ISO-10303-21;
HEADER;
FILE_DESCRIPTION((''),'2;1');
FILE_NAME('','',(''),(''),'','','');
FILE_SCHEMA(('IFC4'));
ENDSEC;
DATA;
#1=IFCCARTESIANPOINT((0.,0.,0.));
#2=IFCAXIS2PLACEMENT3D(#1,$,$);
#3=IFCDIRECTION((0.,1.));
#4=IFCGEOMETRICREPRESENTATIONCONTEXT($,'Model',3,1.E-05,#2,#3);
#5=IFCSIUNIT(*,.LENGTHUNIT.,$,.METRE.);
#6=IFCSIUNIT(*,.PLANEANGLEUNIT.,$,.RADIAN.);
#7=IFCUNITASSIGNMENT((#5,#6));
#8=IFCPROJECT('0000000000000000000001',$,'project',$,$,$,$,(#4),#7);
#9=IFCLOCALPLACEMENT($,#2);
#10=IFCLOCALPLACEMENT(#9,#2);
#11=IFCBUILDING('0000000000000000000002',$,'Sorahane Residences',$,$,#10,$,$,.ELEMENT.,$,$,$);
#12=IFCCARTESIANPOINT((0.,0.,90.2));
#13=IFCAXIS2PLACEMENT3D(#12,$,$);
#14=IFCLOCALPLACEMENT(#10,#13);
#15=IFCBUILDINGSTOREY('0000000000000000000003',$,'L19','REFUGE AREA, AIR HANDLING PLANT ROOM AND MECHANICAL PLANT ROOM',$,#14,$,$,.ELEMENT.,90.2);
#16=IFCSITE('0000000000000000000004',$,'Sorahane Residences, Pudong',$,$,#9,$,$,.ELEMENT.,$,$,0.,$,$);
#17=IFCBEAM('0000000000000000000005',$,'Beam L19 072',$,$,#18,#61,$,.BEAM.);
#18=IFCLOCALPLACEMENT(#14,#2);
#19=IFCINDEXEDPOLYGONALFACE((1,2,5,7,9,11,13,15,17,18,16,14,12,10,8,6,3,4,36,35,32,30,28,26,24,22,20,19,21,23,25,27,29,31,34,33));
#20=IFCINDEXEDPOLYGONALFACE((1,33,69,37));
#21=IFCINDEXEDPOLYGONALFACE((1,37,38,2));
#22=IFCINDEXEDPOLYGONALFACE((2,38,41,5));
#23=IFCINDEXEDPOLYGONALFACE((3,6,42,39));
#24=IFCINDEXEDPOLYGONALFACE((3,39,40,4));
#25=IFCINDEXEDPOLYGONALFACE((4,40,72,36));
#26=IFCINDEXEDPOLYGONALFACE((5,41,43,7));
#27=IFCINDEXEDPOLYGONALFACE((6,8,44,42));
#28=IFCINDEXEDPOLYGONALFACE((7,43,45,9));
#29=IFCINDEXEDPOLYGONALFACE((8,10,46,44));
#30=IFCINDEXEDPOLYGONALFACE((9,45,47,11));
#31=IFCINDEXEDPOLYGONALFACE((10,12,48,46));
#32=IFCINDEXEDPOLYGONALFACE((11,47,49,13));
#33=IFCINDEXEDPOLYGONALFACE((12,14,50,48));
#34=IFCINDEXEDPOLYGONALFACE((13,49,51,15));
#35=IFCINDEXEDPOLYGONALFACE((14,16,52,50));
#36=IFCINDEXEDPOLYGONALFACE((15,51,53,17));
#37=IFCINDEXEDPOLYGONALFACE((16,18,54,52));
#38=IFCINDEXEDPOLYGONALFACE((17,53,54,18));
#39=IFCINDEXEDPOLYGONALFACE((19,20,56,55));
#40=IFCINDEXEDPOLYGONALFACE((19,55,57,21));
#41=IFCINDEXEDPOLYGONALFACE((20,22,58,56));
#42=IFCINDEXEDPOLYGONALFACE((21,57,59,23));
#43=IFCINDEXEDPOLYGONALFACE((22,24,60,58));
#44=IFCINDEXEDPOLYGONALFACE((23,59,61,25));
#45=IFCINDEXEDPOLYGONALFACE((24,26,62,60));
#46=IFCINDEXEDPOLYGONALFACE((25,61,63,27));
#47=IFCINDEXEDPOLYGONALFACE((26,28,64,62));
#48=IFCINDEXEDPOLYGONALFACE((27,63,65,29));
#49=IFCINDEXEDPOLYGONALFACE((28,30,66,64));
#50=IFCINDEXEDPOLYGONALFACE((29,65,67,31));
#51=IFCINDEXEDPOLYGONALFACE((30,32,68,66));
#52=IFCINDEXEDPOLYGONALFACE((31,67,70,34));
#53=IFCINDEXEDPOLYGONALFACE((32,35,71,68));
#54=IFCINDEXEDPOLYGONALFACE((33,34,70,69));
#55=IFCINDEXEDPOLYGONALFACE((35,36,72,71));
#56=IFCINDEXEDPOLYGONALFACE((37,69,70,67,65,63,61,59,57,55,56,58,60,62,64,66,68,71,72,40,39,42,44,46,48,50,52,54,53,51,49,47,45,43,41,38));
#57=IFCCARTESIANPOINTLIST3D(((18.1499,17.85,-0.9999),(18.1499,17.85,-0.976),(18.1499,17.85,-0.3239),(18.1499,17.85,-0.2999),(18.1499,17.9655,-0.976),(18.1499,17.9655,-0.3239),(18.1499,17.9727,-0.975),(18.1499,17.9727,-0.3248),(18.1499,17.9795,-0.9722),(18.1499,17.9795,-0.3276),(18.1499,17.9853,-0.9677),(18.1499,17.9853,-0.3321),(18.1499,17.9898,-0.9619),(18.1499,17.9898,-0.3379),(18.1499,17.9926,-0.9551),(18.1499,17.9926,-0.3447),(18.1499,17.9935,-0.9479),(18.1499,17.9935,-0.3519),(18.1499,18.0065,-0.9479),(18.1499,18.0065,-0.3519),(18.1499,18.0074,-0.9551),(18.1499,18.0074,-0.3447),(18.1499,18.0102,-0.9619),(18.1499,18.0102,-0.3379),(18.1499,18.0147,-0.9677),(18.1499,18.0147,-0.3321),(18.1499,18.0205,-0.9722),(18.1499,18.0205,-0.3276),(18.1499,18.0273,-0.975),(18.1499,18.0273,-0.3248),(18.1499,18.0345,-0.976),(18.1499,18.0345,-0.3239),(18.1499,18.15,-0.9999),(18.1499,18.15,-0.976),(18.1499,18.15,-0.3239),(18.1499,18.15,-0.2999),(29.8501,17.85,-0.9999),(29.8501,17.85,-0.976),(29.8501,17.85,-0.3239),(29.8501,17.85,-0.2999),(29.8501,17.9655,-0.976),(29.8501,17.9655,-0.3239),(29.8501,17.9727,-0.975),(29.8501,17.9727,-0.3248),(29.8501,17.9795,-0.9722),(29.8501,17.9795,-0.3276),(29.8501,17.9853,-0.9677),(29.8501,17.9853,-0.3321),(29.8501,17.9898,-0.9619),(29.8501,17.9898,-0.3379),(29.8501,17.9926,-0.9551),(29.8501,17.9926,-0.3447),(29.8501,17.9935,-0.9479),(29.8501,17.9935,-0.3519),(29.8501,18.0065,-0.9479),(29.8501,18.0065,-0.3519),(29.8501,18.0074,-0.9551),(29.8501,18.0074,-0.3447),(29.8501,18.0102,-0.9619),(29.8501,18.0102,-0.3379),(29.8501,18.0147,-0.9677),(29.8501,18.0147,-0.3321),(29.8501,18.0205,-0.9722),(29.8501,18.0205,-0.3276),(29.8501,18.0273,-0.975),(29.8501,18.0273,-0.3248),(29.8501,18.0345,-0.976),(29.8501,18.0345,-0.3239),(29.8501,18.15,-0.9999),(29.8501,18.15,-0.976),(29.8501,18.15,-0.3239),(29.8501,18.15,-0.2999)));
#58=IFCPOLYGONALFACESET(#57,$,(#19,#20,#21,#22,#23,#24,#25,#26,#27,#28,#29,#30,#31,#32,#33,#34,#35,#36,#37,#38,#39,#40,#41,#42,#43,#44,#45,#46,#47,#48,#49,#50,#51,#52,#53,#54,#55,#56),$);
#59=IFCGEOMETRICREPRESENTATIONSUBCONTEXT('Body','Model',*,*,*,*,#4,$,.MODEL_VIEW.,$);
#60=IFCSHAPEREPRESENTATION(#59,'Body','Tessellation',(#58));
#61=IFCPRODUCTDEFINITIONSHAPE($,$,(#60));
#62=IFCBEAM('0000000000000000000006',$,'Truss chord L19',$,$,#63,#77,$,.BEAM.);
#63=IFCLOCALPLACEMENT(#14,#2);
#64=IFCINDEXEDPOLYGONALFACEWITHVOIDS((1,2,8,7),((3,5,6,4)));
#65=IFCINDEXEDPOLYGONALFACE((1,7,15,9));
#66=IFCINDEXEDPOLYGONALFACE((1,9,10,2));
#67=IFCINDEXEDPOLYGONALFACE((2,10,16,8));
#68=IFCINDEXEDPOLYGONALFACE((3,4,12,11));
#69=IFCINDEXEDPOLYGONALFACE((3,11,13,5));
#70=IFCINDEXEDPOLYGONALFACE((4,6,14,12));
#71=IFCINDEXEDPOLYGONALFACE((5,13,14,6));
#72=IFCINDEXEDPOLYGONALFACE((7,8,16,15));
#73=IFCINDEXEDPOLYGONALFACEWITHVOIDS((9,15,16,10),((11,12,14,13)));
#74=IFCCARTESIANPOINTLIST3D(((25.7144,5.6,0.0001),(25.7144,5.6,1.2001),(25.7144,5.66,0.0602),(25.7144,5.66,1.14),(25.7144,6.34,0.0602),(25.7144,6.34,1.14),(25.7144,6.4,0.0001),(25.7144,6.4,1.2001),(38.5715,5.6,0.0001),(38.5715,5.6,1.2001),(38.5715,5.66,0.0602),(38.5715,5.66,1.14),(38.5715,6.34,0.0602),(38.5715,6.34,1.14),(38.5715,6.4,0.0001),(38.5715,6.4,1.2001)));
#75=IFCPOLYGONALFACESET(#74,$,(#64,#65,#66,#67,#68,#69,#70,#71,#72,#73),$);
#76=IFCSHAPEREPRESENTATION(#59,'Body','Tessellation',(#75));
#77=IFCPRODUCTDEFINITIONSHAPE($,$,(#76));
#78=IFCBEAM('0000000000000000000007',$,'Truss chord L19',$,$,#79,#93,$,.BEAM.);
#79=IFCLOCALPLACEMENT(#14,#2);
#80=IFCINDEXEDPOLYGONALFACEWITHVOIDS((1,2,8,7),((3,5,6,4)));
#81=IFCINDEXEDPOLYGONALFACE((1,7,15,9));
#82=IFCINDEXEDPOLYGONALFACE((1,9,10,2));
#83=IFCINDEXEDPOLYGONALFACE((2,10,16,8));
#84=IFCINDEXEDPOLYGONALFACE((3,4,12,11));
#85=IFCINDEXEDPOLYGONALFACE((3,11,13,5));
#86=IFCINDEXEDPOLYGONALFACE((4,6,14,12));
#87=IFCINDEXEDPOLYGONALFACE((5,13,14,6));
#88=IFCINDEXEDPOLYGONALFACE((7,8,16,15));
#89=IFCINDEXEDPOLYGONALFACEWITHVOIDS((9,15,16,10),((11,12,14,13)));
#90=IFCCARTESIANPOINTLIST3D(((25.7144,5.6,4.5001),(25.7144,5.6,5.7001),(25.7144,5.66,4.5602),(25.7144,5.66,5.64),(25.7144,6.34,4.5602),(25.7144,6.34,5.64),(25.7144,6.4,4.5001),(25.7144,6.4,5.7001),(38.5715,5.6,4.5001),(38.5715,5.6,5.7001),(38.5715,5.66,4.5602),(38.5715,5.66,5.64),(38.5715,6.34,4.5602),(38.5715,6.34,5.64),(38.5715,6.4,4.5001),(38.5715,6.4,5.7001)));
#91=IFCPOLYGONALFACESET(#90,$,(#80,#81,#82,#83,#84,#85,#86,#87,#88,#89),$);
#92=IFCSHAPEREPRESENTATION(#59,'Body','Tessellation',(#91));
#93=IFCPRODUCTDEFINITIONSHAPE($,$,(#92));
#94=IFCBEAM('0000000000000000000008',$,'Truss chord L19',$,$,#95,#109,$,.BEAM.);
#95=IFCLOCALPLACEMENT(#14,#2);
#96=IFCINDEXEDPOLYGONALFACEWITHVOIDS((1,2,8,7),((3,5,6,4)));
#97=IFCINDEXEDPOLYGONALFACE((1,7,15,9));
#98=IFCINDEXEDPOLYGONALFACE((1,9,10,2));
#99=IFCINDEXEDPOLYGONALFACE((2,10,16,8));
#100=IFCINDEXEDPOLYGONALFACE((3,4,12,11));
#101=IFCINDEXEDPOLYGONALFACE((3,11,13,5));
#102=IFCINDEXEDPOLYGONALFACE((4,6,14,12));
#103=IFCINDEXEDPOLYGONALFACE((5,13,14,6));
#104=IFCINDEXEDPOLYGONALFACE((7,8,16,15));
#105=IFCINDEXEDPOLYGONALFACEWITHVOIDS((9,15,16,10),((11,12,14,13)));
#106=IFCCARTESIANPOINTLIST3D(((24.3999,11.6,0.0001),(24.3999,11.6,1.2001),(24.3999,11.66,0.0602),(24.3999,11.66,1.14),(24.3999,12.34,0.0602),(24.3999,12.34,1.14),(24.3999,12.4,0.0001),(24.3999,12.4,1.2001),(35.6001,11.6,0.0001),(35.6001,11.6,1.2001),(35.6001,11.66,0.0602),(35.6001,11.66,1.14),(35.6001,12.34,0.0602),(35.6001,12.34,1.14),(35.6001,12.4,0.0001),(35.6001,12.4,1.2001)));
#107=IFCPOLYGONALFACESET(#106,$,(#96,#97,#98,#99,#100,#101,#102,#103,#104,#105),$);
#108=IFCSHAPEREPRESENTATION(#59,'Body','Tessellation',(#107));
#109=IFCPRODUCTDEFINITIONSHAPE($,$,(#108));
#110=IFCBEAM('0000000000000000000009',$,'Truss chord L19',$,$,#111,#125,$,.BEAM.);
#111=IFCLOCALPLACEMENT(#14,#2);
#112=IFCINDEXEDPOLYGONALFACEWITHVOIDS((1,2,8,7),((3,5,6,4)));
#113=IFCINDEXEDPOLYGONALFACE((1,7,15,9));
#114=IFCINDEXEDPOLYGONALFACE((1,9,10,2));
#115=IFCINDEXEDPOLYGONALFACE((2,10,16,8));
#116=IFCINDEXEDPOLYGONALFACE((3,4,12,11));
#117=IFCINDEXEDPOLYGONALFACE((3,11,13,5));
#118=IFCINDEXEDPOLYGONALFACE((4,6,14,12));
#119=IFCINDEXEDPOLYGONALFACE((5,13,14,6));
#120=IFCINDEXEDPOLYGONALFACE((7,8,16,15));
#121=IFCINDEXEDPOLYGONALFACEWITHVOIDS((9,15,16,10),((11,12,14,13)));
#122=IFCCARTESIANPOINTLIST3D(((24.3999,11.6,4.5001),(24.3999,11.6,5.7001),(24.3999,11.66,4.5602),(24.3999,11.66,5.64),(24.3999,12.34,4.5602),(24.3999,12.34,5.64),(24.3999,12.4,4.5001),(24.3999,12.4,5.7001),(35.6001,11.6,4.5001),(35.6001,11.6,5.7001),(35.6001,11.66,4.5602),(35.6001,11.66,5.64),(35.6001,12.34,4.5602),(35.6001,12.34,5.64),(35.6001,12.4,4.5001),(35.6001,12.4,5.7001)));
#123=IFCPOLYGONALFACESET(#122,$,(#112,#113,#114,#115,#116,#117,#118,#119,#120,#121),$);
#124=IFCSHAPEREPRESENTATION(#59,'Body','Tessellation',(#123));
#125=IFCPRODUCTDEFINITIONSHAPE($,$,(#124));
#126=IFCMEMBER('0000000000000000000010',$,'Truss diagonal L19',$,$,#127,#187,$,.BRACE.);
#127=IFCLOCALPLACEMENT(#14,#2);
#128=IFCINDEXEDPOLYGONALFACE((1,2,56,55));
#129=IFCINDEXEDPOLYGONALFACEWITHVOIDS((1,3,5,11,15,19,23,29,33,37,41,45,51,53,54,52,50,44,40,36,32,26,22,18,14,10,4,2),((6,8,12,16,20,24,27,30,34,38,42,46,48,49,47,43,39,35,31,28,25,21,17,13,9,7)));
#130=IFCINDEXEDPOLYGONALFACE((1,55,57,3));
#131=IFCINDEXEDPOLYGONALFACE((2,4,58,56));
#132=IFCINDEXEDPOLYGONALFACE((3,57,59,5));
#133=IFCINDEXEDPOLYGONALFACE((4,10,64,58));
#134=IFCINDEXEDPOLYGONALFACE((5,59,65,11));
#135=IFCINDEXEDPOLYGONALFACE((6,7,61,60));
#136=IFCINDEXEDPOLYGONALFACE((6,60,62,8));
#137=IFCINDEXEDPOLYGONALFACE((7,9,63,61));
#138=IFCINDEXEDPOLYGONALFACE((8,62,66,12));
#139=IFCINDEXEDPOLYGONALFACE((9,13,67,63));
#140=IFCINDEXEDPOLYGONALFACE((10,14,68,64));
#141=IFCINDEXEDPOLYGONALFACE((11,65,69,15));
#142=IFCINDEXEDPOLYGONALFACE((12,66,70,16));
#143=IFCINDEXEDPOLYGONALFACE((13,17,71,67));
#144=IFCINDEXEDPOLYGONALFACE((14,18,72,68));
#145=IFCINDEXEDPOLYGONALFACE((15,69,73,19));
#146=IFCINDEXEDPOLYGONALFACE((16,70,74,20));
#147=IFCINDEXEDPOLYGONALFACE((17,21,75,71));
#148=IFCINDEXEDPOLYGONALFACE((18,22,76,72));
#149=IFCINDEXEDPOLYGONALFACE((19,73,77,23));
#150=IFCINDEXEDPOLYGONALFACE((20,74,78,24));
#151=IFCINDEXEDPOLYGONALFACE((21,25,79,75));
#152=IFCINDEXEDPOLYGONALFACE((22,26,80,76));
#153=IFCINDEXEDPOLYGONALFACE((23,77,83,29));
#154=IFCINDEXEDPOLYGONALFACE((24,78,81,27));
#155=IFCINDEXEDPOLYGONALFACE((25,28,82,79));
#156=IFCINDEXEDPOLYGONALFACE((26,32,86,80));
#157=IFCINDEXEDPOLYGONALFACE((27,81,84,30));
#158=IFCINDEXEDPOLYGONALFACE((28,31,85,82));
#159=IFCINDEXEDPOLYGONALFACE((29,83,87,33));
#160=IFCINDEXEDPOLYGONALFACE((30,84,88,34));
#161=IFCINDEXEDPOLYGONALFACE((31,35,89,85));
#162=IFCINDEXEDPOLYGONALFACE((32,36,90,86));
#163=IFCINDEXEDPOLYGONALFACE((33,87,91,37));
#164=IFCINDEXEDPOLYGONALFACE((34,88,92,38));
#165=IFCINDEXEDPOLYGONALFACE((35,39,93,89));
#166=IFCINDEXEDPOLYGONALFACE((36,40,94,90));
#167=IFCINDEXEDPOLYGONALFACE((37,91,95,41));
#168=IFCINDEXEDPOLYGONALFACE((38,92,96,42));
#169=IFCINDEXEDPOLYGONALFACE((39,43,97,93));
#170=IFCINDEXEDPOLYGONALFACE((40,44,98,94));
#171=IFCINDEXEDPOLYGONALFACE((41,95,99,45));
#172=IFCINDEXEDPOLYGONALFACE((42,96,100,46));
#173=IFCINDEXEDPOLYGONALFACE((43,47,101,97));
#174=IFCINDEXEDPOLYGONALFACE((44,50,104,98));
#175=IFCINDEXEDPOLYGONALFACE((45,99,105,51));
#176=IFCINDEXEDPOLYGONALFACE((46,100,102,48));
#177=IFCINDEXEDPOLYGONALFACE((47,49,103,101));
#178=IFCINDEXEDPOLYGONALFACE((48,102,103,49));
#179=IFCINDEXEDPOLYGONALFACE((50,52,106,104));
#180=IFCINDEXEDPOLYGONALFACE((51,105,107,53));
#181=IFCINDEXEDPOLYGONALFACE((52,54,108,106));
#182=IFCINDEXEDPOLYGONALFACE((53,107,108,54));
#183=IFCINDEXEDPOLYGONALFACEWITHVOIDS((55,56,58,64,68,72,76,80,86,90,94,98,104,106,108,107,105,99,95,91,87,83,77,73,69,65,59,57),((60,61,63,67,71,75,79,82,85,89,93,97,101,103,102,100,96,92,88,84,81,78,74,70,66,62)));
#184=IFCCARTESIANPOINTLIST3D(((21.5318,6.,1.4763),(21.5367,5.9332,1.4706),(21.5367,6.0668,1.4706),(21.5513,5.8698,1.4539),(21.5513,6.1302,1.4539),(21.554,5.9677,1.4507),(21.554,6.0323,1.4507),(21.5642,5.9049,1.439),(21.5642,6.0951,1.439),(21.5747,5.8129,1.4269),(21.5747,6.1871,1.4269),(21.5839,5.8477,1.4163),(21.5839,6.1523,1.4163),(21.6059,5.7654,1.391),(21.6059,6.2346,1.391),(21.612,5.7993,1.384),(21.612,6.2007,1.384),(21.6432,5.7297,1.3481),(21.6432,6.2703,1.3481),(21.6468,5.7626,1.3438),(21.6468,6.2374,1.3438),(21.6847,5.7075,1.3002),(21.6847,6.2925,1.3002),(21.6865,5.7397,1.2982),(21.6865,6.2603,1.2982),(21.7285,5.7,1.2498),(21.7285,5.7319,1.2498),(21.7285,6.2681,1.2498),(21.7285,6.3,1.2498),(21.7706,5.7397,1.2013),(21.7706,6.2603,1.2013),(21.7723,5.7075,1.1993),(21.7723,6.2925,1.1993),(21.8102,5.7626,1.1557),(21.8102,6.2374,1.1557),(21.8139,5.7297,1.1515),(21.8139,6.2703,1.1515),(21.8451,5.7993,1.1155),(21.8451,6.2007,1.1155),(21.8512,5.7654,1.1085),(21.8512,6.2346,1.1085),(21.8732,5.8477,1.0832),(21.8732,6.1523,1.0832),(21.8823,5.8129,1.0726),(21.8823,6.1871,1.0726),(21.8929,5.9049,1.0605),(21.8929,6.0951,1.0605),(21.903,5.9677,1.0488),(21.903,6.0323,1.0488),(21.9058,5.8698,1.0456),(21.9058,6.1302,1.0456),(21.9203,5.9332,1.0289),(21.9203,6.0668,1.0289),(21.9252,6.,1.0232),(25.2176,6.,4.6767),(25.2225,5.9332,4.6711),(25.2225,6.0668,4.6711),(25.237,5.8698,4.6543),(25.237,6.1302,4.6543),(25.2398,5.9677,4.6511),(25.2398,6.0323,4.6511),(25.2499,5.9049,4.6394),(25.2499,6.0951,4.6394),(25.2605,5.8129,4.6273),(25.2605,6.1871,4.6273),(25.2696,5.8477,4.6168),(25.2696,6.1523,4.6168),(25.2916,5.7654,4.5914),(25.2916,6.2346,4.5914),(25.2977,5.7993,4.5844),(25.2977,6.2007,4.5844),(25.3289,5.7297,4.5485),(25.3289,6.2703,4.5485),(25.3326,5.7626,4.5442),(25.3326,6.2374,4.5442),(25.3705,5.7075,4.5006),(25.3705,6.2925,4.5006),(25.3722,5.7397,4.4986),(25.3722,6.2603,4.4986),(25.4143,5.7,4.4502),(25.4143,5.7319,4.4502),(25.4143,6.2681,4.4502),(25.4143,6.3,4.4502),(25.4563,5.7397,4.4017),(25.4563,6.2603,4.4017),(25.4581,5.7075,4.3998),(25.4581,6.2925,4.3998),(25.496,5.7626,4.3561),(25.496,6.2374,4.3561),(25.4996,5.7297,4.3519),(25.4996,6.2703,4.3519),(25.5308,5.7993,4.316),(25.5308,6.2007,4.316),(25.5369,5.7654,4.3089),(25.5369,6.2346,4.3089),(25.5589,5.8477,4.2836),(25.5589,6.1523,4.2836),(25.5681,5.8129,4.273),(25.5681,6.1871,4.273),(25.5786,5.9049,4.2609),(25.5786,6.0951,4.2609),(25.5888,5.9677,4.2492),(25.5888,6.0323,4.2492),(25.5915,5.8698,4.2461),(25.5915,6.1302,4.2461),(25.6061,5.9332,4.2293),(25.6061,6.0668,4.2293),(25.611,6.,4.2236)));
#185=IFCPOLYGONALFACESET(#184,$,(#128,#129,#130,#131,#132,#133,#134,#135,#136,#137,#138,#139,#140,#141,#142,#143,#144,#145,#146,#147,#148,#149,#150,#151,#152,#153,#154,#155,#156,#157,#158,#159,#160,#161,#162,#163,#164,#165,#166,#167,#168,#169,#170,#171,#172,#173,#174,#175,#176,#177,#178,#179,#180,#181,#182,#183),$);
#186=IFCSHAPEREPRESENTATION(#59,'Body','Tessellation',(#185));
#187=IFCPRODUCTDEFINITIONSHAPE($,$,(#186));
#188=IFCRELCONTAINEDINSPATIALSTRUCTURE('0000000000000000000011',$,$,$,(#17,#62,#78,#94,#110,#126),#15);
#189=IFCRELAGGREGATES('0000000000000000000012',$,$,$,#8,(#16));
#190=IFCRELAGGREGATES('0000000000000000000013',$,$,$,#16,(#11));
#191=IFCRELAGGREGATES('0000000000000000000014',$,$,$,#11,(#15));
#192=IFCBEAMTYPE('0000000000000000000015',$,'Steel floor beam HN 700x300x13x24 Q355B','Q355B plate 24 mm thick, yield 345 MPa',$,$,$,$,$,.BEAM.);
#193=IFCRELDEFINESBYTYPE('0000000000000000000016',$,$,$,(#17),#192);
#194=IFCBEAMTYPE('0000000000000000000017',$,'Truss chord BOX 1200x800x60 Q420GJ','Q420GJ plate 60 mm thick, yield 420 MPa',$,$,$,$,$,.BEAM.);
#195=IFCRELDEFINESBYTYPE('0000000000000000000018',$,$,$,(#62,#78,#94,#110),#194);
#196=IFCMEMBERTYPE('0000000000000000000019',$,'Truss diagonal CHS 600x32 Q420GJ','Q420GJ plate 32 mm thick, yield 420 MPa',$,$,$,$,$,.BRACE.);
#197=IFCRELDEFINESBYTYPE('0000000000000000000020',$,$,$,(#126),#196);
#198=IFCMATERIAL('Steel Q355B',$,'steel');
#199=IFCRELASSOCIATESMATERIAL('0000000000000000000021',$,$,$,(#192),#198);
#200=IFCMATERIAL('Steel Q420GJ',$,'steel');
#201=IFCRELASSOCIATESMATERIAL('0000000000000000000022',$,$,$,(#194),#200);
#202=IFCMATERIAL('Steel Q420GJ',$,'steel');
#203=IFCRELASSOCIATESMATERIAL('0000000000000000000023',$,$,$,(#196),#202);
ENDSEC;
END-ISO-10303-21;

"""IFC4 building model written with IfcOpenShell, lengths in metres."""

from ifc_helpers import new_model, si_unit, direction, frame, origin, origin_2d, place, context, subcontext, project, spatial, hollow_rectangle, hollow_circle, i_section, extrude, material, material_profile, profile_set, type_object, element, save


model = new_model("IFC4")

# Units and contexts
model_context = context("Model", 3, precision=1e-05, world=origin(), true_north=direction((0.0, 1.0)))
body_context = subcontext(model_context, "Body", "Model", "MODEL_VIEW")
ifc_project = project(units=[si_unit("LENGTHUNIT", "METRE"), si_unit("PLANEANGLEUNIT", "RADIAN")], contexts=[model_context])

# Site, building, storey
site_placement = place(None, origin())
site = spatial("IfcSite", under=ifc_project, at=site_placement, Name="Sorahane Residences, Pudong", CompositionType="ELEMENT", RefElevation=0.0)
building_placement = place(site_placement, origin())
building = spatial("IfcBuilding", under=site, at=building_placement, Name="Sorahane Residences", CompositionType="ELEMENT")
storey_placement = place(building_placement, frame((0.0, 0.0, 90.2)))
storey = spatial("IfcBuildingStorey", under=building, at=storey_placement, Name="L19", Description="REFUGE AREA, AIR HANDLING PLANT ROOM AND MECHANICAL PLANT ROOM", CompositionType="ELEMENT", Elevation=90.2)

# Beams
ifc_material_1 = material(Name="Steel Q355B", Category="steel")
ifc_material_profile_1 = material_profile(ifc_material_1, i_section(OverallWidth=0.3, OverallDepth=0.7, WebThickness=0.0129, FlangeThickness=0.0239, FilletRadius=0.0281, at=origin_2d()), Name="HN 700x300x13x24")
ifc_profile_set_1 = profile_set([ifc_material_profile_1], Name="Steel Q355B")
beam_type_1 = type_object("IfcBeamType", Name="Steel floor beam HN 700x300x13x24 Q355B", Description="Q355B plate 24 mm thick, yield 345 MPa", PredefinedType="BEAM", material=ifc_profile_set_1)
beam_1_placement = place(storey_placement, frame((18.1499, 18.0, -0.6499), z_axis=(1.0, 0.0, 0.0), x_axis=(0.0, 1.0, 0.0)))
element("IfcBeam", 1, at=beam_1_placement, inside=storey, type_object=beam_type_1, Name="Beam L19 072", PredefinedType="BEAM", context=body_context, shape_type="SweptSolid", body=[
    extrude(i_section(OverallWidth=0.3, OverallDepth=0.7, WebThickness=0.0129, FlangeThickness=0.0239, FilletRadius=0.0281, at=origin_2d()), origin(), (0.0, 0.0, 1.0), 11.7002),
])
ifc_material_2 = material(Name="Steel Q420GJ", Category="steel")
ifc_material_profile_2 = material_profile(ifc_material_2, hollow_rectangle(XDim=0.8, YDim=1.2, WallThickness=0.0601, at=origin_2d()), Name="BOX 1200x800x60")
ifc_profile_set_2 = profile_set([ifc_material_profile_2], Name="Steel Q420GJ")
beam_type_2 = type_object("IfcBeamType", Name="Truss chord BOX 1200x800x60 Q420GJ", Description="Q420GJ plate 60 mm thick, yield 420 MPa", PredefinedType="BEAM", material=ifc_profile_set_2)
for number, where, z_axis, x_axis, name in (
    (2, (25.7144, 6.0, 0.6001), (1.0, 0.0, 0.0), (0.0, 1.0, 0.0), "Truss chord L19"),
    (3, (25.7144, 6.0, 5.1001), (1.0, 0.0, 0.0), (0.0, 1.0, 0.0), "Truss chord L19"),
):
    element("IfcBeam", number, at=place(storey_placement, frame(where, z_axis=z_axis, x_axis=x_axis)), inside=storey, type_object=beam_type_2, Name=name, PredefinedType="BEAM", context=body_context, shape_type="SweptSolid", body=[
        extrude(hollow_rectangle(XDim=0.8, YDim=1.2, WallThickness=0.0601, at=origin_2d()), origin(), (0.0, 0.0, 1.0), 12.8572),
    ])
for number, where, z_axis, x_axis, name in (
    (4, (24.3999, 12.0, 0.6001), (1.0, 0.0, 0.0), (0.0, 1.0, 0.0), "Truss chord L19"),
    (5, (24.3999, 12.0, 5.1001), (1.0, 0.0, 0.0), (0.0, 1.0, 0.0), "Truss chord L19"),
):
    element("IfcBeam", number, at=place(storey_placement, frame(where, z_axis=z_axis, x_axis=x_axis)), inside=storey, type_object=beam_type_2, Name=name, PredefinedType="BEAM", context=body_context, shape_type="SweptSolid", body=[
        extrude(hollow_rectangle(XDim=0.8, YDim=1.2, WallThickness=0.0601, at=origin_2d()), origin(), (0.0, 0.0, 1.0), 11.2002),
    ])

# Member
ifc_material_3 = material(Name="Steel Q420GJ", Category="steel")
ifc_material_profile_3 = material_profile(ifc_material_3, hollow_circle(Radius=0.3, WallThickness=0.032, at=origin_2d()), Name="CHS 600x32")
ifc_profile_set_3 = profile_set([ifc_material_profile_3], Name="Steel Q420GJ")
member_type = type_object("IfcMemberType", Name="Truss diagonal CHS 600x32 Q420GJ", Description="Q420GJ plate 32 mm thick, yield 420 MPa", PredefinedType="BRACE", material=ifc_profile_set_3)
member_1_placement = place(storey_placement, frame((21.7285, 6.0, 1.2498), z_axis=(0.755072, 0.0, 0.655642), x_axis=(0.0, 1.0, 0.0)))
element("IfcMember", 6, at=member_1_placement, inside=storey, type_object=member_type, Name="Truss diagonal L19", PredefinedType="BRACE", context=body_context, shape_type="SweptSolid", body=[
    extrude(hollow_circle(Radius=0.3, WallThickness=0.032, at=origin_2d()), origin(), (0.0, 0.0, 1.0), 4.8813),
])

save(model, "model.ifc")
